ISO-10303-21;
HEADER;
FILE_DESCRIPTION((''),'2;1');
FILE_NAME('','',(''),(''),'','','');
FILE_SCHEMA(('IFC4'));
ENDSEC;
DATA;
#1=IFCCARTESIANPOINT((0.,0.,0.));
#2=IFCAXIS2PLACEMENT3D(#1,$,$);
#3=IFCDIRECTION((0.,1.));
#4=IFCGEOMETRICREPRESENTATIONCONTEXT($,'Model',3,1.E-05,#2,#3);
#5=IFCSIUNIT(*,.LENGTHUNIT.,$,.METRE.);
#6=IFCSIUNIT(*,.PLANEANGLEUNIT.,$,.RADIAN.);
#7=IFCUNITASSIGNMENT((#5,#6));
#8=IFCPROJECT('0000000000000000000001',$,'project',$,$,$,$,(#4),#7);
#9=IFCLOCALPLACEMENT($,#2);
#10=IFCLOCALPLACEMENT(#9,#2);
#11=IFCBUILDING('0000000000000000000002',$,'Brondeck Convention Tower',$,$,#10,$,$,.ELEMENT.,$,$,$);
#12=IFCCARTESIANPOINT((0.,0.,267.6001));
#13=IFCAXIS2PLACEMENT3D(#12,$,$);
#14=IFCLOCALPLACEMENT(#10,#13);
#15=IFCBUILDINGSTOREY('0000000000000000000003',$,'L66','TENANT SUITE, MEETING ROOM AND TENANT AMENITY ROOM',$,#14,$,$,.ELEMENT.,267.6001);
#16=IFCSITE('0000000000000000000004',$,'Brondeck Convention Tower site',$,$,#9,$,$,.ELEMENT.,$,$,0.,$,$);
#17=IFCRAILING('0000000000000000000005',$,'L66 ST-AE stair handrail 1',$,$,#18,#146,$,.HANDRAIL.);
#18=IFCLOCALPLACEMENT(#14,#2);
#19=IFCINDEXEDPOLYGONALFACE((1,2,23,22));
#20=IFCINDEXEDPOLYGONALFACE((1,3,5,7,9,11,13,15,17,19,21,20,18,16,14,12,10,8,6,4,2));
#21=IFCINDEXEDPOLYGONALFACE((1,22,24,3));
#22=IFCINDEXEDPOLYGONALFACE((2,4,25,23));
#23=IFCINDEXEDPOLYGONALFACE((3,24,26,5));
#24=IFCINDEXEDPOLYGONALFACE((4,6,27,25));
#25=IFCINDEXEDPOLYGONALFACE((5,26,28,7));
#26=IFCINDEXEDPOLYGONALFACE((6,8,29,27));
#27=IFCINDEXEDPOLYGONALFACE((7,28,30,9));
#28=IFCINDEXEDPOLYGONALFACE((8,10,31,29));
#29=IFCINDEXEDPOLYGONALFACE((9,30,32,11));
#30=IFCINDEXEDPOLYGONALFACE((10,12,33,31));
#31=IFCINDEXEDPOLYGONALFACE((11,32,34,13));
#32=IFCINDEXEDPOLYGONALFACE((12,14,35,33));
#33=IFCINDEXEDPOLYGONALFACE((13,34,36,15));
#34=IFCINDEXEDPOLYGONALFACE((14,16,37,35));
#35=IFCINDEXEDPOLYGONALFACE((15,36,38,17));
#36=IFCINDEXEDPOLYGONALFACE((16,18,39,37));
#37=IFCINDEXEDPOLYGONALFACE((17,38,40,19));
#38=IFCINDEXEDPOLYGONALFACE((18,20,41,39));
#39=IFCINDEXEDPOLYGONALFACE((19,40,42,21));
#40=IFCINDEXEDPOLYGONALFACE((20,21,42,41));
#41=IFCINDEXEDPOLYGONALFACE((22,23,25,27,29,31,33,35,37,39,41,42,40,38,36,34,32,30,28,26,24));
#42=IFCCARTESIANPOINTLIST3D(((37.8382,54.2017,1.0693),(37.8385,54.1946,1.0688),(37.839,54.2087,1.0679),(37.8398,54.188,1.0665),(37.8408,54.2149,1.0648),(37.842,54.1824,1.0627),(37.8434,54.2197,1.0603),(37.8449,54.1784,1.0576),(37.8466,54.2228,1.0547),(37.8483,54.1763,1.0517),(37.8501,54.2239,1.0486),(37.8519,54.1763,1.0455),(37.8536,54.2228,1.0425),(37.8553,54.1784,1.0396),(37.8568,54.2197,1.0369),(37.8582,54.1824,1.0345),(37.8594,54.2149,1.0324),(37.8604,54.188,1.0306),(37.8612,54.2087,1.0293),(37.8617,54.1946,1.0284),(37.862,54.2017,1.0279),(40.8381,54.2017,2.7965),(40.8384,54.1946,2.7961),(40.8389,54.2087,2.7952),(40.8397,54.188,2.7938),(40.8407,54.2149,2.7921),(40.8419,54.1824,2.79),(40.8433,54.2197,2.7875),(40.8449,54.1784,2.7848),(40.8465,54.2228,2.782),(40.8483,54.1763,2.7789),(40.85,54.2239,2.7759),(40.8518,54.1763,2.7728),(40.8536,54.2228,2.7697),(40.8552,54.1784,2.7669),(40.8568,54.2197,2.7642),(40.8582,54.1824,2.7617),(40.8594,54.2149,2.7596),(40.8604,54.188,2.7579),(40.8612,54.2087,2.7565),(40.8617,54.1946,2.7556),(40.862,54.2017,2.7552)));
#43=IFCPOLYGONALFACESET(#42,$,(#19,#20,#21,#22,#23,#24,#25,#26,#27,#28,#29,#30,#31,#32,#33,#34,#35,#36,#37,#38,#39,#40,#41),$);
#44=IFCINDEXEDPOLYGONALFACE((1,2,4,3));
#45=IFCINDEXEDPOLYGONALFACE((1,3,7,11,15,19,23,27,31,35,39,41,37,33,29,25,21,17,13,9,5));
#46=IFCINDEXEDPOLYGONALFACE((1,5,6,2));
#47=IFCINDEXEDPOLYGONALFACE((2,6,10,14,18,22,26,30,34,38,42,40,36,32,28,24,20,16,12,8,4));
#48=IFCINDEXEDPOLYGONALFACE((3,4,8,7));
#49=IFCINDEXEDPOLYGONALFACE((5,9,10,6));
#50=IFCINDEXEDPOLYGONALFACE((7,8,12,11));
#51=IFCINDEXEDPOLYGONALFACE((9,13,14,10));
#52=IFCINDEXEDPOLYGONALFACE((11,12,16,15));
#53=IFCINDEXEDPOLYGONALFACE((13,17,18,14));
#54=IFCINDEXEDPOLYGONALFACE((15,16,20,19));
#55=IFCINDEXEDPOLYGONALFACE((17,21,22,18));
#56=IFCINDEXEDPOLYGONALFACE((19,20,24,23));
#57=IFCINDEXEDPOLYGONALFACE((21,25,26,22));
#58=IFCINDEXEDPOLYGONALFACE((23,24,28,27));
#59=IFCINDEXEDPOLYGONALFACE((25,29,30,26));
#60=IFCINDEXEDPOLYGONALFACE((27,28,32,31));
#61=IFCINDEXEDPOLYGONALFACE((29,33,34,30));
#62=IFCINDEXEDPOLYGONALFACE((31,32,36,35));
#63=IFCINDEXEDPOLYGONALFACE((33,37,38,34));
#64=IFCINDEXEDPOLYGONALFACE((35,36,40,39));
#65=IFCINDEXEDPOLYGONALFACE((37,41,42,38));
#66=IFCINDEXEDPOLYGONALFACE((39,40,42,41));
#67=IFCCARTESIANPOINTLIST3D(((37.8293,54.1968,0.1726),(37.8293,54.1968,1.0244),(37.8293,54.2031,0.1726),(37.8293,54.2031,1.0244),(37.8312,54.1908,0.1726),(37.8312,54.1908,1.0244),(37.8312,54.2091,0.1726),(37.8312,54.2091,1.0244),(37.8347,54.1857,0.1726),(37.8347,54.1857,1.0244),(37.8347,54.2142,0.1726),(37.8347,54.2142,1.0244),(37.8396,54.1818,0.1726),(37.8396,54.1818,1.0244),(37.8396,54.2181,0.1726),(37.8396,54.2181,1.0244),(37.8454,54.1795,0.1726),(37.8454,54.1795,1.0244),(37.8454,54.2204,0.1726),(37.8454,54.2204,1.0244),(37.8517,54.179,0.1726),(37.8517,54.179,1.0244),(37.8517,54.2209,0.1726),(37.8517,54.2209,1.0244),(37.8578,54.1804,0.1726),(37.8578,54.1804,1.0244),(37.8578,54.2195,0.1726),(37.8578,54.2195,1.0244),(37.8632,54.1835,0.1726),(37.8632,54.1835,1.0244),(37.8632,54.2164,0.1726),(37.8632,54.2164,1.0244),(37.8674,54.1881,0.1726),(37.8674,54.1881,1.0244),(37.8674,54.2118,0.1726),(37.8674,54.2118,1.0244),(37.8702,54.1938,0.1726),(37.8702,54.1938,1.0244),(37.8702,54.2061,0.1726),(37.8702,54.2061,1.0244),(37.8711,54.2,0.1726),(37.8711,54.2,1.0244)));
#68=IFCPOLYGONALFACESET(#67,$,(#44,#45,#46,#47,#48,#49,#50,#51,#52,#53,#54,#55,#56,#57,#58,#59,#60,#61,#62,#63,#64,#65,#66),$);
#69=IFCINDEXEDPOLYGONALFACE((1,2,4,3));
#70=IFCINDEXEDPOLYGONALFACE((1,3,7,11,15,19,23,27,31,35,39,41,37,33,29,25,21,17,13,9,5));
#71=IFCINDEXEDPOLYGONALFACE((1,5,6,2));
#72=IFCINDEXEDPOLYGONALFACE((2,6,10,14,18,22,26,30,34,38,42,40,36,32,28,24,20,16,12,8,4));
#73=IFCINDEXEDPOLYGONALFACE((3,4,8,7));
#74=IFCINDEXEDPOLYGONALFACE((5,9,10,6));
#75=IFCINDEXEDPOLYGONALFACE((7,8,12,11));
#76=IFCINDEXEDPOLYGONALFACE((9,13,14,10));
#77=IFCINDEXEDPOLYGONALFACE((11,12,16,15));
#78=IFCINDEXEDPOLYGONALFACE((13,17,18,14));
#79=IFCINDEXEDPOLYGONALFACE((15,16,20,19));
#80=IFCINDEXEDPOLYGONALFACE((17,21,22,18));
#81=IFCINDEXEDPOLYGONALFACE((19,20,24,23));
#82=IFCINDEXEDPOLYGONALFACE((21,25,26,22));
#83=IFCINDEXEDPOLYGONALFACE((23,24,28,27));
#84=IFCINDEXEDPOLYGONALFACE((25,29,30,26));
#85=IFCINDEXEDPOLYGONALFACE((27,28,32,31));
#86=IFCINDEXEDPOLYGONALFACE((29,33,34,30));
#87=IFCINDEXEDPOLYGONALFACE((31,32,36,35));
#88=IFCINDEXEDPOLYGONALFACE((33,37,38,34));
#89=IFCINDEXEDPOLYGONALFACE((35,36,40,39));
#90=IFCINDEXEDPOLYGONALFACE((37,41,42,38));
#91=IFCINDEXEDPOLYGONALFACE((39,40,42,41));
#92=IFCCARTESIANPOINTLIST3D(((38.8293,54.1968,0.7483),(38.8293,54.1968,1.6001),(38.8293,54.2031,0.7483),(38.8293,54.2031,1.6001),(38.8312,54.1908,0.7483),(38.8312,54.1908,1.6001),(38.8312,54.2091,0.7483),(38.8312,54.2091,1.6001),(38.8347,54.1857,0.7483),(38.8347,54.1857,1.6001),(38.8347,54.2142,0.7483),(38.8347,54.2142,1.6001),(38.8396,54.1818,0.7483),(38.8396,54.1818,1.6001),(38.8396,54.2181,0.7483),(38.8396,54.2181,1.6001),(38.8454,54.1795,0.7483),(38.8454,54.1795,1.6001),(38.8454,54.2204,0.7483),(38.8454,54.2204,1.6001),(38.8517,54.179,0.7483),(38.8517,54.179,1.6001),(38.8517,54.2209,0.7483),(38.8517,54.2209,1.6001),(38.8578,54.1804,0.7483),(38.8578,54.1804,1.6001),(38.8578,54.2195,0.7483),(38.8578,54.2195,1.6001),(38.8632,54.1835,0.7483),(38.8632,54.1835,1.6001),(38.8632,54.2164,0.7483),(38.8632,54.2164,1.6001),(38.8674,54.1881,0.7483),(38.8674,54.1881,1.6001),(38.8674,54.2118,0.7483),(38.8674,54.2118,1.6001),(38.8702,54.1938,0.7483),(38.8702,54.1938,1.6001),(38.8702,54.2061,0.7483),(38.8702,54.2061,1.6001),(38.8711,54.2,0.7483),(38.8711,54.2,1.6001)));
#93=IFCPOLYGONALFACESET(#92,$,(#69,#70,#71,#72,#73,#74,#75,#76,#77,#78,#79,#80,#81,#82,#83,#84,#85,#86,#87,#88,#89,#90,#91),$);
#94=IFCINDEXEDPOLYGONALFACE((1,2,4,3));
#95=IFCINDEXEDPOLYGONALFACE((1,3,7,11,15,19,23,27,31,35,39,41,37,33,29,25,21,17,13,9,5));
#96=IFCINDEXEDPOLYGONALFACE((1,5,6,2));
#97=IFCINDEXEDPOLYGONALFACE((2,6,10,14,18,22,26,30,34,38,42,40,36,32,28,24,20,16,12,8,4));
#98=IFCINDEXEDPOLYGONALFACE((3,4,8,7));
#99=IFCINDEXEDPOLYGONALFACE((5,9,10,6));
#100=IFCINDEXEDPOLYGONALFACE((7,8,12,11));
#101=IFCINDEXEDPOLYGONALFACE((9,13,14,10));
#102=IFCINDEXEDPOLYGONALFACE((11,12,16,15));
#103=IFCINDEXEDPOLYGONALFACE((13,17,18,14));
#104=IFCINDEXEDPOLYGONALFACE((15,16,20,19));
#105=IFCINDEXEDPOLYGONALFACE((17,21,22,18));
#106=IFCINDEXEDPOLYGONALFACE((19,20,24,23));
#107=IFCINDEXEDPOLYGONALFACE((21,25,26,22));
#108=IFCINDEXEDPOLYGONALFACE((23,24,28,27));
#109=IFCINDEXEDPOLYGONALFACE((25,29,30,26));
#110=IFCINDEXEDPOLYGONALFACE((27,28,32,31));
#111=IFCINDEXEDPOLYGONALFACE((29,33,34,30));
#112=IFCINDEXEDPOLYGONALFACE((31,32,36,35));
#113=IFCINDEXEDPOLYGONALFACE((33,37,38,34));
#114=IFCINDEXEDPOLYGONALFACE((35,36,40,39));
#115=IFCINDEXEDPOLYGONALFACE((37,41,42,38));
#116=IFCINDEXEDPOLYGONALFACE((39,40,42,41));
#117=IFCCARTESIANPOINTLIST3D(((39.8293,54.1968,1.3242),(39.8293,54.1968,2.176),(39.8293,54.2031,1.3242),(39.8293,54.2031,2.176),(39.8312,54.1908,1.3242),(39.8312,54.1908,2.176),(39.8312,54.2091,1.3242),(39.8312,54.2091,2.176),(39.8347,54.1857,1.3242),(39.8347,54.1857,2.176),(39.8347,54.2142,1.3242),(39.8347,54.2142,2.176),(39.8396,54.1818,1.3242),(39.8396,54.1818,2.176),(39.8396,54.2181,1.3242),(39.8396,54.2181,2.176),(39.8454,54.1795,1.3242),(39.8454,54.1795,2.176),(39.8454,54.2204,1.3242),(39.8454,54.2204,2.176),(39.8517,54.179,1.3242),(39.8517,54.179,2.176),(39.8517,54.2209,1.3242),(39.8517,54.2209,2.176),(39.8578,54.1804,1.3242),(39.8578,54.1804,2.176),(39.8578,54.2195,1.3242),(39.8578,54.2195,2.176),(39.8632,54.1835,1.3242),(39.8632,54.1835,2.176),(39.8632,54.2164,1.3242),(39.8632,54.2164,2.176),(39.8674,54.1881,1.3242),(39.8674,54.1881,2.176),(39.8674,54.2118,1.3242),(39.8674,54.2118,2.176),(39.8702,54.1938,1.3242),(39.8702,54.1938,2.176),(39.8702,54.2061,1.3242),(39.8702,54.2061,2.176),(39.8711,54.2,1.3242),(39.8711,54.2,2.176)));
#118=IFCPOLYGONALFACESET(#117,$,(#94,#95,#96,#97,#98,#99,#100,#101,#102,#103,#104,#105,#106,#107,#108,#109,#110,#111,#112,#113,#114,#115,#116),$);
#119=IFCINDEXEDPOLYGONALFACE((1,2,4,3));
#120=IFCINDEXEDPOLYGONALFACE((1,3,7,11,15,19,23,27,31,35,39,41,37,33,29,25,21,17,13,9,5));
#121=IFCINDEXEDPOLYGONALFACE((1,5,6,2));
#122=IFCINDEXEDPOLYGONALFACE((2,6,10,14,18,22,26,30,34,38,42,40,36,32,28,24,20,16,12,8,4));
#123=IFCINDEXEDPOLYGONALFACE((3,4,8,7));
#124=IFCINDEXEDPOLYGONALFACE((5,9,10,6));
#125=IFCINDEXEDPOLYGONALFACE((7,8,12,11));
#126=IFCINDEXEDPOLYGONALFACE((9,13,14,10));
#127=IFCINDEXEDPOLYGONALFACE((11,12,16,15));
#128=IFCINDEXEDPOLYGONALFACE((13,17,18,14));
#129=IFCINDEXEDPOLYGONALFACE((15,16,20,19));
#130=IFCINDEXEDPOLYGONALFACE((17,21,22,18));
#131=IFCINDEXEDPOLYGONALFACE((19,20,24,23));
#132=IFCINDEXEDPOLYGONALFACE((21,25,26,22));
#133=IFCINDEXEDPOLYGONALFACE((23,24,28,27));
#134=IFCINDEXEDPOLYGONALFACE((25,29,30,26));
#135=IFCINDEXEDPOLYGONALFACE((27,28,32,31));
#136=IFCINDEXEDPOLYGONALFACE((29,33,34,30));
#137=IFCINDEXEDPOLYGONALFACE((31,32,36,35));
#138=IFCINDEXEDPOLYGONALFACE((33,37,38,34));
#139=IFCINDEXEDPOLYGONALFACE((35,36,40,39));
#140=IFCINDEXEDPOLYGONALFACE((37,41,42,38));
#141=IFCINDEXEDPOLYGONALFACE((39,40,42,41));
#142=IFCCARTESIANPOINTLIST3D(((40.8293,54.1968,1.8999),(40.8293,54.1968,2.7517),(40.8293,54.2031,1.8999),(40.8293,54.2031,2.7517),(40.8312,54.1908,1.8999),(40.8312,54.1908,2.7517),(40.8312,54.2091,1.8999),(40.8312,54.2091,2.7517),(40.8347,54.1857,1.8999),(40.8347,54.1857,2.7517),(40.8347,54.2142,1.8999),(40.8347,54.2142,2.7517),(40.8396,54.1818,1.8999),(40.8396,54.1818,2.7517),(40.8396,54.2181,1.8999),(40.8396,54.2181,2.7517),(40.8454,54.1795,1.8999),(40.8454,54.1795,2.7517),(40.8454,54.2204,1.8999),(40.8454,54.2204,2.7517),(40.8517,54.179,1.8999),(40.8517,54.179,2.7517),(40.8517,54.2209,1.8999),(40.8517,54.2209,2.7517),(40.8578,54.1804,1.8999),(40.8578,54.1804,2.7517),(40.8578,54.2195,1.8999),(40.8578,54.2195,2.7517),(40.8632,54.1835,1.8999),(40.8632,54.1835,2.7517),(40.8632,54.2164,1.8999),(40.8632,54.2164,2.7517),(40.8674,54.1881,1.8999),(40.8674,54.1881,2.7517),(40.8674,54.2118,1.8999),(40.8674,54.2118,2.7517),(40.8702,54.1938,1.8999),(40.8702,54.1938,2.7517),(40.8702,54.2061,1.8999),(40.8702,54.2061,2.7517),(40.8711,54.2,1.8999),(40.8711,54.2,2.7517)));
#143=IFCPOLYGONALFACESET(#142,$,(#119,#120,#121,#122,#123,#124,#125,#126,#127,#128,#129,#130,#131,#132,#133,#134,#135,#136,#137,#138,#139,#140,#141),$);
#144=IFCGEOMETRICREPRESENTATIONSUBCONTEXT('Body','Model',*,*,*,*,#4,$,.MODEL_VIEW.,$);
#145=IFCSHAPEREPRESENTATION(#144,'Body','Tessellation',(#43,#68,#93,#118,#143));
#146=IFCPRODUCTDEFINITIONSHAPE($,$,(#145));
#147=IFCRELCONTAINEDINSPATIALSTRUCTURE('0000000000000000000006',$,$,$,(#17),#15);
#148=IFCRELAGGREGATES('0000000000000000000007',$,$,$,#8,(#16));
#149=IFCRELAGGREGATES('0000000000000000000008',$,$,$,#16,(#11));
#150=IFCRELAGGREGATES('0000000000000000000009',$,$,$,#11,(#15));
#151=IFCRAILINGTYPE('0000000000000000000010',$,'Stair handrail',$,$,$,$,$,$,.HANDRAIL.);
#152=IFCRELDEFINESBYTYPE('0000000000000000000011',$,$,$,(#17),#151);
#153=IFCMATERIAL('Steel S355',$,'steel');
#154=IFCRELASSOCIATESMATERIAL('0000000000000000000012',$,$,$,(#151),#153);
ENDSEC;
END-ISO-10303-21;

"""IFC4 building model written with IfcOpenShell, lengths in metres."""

from ifc_helpers import new_model, si_unit, direction, frame, origin, origin_2d, place, context, subcontext, project, spatial, circle, extrude, material, type_object, element, save


model = new_model("IFC4")

# Units and contexts
model_context = context("Model", 3, precision=1e-05, world=origin(), true_north=direction((0.0, 1.0)))
body_context = subcontext(model_context, "Body", "Model", "MODEL_VIEW")
ifc_project = project(units=[si_unit("LENGTHUNIT", "METRE"), si_unit("PLANEANGLEUNIT", "RADIAN")], contexts=[model_context])

# Site, building, storey
site_placement = place(None, origin())
site = spatial("IfcSite", under=ifc_project, at=site_placement, Name="Brondeck Convention Tower site", CompositionType="ELEMENT", RefElevation=0.0)
building_placement = place(site_placement, origin())
building = spatial("IfcBuilding", under=site, at=building_placement, Name="Brondeck Convention Tower", CompositionType="ELEMENT")
storey_placement = place(building_placement, frame((0.0, 0.0, 267.6001)))
storey = spatial("IfcBuildingStorey", under=building, at=storey_placement, Name="L66", Description="TENANT SUITE, MEETING ROOM AND TENANT AMENITY ROOM", CompositionType="ELEMENT", Elevation=267.6001)

# Shared definitions
ifc_material_1 = material(Name="Steel S355", Category="steel")

# Railing
railing_type = type_object("IfcRailingType", Name="Stair handrail", PredefinedType="HANDRAIL", material=ifc_material_1)
railing_placement = place(storey_placement, frame((37.8501, 54.2, 0.1726)))
element("IfcRailing", 1, at=railing_placement, inside=storey, type_object=railing_type, Name="L66 ST-AE stair handrail 1", PredefinedType="HANDRAIL", context=body_context, shape_type="SweptSolid", body=[
    extrude(circle(Radius=0.0239, at=origin_2d()), frame((0.0, 0.0, 0.876), z_axis=(0.86662, 0.0, 0.498969), x_axis=(0.0, 1.0, 0.0)), (0.0, 0.0, 1.0), 3.4617),
    extrude(circle(Radius=0.021, at=origin_2d()), origin(), (0.0, 0.0, 1.0), 0.8518),
    extrude(circle(Radius=0.021, at=origin_2d()), frame((1.0, 0.0, 0.5757)), (0.0, 0.0, 1.0), 0.8518),
    extrude(circle(Radius=0.021, at=origin_2d()), frame((2.0, 0.0, 1.1516)), (0.0, 0.0, 1.0), 0.8518),
    extrude(circle(Radius=0.021, at=origin_2d()), frame((3.0, 0.0, 1.7273)), (0.0, 0.0, 1.0), 0.8518),
])

save(model, "model.ifc")
